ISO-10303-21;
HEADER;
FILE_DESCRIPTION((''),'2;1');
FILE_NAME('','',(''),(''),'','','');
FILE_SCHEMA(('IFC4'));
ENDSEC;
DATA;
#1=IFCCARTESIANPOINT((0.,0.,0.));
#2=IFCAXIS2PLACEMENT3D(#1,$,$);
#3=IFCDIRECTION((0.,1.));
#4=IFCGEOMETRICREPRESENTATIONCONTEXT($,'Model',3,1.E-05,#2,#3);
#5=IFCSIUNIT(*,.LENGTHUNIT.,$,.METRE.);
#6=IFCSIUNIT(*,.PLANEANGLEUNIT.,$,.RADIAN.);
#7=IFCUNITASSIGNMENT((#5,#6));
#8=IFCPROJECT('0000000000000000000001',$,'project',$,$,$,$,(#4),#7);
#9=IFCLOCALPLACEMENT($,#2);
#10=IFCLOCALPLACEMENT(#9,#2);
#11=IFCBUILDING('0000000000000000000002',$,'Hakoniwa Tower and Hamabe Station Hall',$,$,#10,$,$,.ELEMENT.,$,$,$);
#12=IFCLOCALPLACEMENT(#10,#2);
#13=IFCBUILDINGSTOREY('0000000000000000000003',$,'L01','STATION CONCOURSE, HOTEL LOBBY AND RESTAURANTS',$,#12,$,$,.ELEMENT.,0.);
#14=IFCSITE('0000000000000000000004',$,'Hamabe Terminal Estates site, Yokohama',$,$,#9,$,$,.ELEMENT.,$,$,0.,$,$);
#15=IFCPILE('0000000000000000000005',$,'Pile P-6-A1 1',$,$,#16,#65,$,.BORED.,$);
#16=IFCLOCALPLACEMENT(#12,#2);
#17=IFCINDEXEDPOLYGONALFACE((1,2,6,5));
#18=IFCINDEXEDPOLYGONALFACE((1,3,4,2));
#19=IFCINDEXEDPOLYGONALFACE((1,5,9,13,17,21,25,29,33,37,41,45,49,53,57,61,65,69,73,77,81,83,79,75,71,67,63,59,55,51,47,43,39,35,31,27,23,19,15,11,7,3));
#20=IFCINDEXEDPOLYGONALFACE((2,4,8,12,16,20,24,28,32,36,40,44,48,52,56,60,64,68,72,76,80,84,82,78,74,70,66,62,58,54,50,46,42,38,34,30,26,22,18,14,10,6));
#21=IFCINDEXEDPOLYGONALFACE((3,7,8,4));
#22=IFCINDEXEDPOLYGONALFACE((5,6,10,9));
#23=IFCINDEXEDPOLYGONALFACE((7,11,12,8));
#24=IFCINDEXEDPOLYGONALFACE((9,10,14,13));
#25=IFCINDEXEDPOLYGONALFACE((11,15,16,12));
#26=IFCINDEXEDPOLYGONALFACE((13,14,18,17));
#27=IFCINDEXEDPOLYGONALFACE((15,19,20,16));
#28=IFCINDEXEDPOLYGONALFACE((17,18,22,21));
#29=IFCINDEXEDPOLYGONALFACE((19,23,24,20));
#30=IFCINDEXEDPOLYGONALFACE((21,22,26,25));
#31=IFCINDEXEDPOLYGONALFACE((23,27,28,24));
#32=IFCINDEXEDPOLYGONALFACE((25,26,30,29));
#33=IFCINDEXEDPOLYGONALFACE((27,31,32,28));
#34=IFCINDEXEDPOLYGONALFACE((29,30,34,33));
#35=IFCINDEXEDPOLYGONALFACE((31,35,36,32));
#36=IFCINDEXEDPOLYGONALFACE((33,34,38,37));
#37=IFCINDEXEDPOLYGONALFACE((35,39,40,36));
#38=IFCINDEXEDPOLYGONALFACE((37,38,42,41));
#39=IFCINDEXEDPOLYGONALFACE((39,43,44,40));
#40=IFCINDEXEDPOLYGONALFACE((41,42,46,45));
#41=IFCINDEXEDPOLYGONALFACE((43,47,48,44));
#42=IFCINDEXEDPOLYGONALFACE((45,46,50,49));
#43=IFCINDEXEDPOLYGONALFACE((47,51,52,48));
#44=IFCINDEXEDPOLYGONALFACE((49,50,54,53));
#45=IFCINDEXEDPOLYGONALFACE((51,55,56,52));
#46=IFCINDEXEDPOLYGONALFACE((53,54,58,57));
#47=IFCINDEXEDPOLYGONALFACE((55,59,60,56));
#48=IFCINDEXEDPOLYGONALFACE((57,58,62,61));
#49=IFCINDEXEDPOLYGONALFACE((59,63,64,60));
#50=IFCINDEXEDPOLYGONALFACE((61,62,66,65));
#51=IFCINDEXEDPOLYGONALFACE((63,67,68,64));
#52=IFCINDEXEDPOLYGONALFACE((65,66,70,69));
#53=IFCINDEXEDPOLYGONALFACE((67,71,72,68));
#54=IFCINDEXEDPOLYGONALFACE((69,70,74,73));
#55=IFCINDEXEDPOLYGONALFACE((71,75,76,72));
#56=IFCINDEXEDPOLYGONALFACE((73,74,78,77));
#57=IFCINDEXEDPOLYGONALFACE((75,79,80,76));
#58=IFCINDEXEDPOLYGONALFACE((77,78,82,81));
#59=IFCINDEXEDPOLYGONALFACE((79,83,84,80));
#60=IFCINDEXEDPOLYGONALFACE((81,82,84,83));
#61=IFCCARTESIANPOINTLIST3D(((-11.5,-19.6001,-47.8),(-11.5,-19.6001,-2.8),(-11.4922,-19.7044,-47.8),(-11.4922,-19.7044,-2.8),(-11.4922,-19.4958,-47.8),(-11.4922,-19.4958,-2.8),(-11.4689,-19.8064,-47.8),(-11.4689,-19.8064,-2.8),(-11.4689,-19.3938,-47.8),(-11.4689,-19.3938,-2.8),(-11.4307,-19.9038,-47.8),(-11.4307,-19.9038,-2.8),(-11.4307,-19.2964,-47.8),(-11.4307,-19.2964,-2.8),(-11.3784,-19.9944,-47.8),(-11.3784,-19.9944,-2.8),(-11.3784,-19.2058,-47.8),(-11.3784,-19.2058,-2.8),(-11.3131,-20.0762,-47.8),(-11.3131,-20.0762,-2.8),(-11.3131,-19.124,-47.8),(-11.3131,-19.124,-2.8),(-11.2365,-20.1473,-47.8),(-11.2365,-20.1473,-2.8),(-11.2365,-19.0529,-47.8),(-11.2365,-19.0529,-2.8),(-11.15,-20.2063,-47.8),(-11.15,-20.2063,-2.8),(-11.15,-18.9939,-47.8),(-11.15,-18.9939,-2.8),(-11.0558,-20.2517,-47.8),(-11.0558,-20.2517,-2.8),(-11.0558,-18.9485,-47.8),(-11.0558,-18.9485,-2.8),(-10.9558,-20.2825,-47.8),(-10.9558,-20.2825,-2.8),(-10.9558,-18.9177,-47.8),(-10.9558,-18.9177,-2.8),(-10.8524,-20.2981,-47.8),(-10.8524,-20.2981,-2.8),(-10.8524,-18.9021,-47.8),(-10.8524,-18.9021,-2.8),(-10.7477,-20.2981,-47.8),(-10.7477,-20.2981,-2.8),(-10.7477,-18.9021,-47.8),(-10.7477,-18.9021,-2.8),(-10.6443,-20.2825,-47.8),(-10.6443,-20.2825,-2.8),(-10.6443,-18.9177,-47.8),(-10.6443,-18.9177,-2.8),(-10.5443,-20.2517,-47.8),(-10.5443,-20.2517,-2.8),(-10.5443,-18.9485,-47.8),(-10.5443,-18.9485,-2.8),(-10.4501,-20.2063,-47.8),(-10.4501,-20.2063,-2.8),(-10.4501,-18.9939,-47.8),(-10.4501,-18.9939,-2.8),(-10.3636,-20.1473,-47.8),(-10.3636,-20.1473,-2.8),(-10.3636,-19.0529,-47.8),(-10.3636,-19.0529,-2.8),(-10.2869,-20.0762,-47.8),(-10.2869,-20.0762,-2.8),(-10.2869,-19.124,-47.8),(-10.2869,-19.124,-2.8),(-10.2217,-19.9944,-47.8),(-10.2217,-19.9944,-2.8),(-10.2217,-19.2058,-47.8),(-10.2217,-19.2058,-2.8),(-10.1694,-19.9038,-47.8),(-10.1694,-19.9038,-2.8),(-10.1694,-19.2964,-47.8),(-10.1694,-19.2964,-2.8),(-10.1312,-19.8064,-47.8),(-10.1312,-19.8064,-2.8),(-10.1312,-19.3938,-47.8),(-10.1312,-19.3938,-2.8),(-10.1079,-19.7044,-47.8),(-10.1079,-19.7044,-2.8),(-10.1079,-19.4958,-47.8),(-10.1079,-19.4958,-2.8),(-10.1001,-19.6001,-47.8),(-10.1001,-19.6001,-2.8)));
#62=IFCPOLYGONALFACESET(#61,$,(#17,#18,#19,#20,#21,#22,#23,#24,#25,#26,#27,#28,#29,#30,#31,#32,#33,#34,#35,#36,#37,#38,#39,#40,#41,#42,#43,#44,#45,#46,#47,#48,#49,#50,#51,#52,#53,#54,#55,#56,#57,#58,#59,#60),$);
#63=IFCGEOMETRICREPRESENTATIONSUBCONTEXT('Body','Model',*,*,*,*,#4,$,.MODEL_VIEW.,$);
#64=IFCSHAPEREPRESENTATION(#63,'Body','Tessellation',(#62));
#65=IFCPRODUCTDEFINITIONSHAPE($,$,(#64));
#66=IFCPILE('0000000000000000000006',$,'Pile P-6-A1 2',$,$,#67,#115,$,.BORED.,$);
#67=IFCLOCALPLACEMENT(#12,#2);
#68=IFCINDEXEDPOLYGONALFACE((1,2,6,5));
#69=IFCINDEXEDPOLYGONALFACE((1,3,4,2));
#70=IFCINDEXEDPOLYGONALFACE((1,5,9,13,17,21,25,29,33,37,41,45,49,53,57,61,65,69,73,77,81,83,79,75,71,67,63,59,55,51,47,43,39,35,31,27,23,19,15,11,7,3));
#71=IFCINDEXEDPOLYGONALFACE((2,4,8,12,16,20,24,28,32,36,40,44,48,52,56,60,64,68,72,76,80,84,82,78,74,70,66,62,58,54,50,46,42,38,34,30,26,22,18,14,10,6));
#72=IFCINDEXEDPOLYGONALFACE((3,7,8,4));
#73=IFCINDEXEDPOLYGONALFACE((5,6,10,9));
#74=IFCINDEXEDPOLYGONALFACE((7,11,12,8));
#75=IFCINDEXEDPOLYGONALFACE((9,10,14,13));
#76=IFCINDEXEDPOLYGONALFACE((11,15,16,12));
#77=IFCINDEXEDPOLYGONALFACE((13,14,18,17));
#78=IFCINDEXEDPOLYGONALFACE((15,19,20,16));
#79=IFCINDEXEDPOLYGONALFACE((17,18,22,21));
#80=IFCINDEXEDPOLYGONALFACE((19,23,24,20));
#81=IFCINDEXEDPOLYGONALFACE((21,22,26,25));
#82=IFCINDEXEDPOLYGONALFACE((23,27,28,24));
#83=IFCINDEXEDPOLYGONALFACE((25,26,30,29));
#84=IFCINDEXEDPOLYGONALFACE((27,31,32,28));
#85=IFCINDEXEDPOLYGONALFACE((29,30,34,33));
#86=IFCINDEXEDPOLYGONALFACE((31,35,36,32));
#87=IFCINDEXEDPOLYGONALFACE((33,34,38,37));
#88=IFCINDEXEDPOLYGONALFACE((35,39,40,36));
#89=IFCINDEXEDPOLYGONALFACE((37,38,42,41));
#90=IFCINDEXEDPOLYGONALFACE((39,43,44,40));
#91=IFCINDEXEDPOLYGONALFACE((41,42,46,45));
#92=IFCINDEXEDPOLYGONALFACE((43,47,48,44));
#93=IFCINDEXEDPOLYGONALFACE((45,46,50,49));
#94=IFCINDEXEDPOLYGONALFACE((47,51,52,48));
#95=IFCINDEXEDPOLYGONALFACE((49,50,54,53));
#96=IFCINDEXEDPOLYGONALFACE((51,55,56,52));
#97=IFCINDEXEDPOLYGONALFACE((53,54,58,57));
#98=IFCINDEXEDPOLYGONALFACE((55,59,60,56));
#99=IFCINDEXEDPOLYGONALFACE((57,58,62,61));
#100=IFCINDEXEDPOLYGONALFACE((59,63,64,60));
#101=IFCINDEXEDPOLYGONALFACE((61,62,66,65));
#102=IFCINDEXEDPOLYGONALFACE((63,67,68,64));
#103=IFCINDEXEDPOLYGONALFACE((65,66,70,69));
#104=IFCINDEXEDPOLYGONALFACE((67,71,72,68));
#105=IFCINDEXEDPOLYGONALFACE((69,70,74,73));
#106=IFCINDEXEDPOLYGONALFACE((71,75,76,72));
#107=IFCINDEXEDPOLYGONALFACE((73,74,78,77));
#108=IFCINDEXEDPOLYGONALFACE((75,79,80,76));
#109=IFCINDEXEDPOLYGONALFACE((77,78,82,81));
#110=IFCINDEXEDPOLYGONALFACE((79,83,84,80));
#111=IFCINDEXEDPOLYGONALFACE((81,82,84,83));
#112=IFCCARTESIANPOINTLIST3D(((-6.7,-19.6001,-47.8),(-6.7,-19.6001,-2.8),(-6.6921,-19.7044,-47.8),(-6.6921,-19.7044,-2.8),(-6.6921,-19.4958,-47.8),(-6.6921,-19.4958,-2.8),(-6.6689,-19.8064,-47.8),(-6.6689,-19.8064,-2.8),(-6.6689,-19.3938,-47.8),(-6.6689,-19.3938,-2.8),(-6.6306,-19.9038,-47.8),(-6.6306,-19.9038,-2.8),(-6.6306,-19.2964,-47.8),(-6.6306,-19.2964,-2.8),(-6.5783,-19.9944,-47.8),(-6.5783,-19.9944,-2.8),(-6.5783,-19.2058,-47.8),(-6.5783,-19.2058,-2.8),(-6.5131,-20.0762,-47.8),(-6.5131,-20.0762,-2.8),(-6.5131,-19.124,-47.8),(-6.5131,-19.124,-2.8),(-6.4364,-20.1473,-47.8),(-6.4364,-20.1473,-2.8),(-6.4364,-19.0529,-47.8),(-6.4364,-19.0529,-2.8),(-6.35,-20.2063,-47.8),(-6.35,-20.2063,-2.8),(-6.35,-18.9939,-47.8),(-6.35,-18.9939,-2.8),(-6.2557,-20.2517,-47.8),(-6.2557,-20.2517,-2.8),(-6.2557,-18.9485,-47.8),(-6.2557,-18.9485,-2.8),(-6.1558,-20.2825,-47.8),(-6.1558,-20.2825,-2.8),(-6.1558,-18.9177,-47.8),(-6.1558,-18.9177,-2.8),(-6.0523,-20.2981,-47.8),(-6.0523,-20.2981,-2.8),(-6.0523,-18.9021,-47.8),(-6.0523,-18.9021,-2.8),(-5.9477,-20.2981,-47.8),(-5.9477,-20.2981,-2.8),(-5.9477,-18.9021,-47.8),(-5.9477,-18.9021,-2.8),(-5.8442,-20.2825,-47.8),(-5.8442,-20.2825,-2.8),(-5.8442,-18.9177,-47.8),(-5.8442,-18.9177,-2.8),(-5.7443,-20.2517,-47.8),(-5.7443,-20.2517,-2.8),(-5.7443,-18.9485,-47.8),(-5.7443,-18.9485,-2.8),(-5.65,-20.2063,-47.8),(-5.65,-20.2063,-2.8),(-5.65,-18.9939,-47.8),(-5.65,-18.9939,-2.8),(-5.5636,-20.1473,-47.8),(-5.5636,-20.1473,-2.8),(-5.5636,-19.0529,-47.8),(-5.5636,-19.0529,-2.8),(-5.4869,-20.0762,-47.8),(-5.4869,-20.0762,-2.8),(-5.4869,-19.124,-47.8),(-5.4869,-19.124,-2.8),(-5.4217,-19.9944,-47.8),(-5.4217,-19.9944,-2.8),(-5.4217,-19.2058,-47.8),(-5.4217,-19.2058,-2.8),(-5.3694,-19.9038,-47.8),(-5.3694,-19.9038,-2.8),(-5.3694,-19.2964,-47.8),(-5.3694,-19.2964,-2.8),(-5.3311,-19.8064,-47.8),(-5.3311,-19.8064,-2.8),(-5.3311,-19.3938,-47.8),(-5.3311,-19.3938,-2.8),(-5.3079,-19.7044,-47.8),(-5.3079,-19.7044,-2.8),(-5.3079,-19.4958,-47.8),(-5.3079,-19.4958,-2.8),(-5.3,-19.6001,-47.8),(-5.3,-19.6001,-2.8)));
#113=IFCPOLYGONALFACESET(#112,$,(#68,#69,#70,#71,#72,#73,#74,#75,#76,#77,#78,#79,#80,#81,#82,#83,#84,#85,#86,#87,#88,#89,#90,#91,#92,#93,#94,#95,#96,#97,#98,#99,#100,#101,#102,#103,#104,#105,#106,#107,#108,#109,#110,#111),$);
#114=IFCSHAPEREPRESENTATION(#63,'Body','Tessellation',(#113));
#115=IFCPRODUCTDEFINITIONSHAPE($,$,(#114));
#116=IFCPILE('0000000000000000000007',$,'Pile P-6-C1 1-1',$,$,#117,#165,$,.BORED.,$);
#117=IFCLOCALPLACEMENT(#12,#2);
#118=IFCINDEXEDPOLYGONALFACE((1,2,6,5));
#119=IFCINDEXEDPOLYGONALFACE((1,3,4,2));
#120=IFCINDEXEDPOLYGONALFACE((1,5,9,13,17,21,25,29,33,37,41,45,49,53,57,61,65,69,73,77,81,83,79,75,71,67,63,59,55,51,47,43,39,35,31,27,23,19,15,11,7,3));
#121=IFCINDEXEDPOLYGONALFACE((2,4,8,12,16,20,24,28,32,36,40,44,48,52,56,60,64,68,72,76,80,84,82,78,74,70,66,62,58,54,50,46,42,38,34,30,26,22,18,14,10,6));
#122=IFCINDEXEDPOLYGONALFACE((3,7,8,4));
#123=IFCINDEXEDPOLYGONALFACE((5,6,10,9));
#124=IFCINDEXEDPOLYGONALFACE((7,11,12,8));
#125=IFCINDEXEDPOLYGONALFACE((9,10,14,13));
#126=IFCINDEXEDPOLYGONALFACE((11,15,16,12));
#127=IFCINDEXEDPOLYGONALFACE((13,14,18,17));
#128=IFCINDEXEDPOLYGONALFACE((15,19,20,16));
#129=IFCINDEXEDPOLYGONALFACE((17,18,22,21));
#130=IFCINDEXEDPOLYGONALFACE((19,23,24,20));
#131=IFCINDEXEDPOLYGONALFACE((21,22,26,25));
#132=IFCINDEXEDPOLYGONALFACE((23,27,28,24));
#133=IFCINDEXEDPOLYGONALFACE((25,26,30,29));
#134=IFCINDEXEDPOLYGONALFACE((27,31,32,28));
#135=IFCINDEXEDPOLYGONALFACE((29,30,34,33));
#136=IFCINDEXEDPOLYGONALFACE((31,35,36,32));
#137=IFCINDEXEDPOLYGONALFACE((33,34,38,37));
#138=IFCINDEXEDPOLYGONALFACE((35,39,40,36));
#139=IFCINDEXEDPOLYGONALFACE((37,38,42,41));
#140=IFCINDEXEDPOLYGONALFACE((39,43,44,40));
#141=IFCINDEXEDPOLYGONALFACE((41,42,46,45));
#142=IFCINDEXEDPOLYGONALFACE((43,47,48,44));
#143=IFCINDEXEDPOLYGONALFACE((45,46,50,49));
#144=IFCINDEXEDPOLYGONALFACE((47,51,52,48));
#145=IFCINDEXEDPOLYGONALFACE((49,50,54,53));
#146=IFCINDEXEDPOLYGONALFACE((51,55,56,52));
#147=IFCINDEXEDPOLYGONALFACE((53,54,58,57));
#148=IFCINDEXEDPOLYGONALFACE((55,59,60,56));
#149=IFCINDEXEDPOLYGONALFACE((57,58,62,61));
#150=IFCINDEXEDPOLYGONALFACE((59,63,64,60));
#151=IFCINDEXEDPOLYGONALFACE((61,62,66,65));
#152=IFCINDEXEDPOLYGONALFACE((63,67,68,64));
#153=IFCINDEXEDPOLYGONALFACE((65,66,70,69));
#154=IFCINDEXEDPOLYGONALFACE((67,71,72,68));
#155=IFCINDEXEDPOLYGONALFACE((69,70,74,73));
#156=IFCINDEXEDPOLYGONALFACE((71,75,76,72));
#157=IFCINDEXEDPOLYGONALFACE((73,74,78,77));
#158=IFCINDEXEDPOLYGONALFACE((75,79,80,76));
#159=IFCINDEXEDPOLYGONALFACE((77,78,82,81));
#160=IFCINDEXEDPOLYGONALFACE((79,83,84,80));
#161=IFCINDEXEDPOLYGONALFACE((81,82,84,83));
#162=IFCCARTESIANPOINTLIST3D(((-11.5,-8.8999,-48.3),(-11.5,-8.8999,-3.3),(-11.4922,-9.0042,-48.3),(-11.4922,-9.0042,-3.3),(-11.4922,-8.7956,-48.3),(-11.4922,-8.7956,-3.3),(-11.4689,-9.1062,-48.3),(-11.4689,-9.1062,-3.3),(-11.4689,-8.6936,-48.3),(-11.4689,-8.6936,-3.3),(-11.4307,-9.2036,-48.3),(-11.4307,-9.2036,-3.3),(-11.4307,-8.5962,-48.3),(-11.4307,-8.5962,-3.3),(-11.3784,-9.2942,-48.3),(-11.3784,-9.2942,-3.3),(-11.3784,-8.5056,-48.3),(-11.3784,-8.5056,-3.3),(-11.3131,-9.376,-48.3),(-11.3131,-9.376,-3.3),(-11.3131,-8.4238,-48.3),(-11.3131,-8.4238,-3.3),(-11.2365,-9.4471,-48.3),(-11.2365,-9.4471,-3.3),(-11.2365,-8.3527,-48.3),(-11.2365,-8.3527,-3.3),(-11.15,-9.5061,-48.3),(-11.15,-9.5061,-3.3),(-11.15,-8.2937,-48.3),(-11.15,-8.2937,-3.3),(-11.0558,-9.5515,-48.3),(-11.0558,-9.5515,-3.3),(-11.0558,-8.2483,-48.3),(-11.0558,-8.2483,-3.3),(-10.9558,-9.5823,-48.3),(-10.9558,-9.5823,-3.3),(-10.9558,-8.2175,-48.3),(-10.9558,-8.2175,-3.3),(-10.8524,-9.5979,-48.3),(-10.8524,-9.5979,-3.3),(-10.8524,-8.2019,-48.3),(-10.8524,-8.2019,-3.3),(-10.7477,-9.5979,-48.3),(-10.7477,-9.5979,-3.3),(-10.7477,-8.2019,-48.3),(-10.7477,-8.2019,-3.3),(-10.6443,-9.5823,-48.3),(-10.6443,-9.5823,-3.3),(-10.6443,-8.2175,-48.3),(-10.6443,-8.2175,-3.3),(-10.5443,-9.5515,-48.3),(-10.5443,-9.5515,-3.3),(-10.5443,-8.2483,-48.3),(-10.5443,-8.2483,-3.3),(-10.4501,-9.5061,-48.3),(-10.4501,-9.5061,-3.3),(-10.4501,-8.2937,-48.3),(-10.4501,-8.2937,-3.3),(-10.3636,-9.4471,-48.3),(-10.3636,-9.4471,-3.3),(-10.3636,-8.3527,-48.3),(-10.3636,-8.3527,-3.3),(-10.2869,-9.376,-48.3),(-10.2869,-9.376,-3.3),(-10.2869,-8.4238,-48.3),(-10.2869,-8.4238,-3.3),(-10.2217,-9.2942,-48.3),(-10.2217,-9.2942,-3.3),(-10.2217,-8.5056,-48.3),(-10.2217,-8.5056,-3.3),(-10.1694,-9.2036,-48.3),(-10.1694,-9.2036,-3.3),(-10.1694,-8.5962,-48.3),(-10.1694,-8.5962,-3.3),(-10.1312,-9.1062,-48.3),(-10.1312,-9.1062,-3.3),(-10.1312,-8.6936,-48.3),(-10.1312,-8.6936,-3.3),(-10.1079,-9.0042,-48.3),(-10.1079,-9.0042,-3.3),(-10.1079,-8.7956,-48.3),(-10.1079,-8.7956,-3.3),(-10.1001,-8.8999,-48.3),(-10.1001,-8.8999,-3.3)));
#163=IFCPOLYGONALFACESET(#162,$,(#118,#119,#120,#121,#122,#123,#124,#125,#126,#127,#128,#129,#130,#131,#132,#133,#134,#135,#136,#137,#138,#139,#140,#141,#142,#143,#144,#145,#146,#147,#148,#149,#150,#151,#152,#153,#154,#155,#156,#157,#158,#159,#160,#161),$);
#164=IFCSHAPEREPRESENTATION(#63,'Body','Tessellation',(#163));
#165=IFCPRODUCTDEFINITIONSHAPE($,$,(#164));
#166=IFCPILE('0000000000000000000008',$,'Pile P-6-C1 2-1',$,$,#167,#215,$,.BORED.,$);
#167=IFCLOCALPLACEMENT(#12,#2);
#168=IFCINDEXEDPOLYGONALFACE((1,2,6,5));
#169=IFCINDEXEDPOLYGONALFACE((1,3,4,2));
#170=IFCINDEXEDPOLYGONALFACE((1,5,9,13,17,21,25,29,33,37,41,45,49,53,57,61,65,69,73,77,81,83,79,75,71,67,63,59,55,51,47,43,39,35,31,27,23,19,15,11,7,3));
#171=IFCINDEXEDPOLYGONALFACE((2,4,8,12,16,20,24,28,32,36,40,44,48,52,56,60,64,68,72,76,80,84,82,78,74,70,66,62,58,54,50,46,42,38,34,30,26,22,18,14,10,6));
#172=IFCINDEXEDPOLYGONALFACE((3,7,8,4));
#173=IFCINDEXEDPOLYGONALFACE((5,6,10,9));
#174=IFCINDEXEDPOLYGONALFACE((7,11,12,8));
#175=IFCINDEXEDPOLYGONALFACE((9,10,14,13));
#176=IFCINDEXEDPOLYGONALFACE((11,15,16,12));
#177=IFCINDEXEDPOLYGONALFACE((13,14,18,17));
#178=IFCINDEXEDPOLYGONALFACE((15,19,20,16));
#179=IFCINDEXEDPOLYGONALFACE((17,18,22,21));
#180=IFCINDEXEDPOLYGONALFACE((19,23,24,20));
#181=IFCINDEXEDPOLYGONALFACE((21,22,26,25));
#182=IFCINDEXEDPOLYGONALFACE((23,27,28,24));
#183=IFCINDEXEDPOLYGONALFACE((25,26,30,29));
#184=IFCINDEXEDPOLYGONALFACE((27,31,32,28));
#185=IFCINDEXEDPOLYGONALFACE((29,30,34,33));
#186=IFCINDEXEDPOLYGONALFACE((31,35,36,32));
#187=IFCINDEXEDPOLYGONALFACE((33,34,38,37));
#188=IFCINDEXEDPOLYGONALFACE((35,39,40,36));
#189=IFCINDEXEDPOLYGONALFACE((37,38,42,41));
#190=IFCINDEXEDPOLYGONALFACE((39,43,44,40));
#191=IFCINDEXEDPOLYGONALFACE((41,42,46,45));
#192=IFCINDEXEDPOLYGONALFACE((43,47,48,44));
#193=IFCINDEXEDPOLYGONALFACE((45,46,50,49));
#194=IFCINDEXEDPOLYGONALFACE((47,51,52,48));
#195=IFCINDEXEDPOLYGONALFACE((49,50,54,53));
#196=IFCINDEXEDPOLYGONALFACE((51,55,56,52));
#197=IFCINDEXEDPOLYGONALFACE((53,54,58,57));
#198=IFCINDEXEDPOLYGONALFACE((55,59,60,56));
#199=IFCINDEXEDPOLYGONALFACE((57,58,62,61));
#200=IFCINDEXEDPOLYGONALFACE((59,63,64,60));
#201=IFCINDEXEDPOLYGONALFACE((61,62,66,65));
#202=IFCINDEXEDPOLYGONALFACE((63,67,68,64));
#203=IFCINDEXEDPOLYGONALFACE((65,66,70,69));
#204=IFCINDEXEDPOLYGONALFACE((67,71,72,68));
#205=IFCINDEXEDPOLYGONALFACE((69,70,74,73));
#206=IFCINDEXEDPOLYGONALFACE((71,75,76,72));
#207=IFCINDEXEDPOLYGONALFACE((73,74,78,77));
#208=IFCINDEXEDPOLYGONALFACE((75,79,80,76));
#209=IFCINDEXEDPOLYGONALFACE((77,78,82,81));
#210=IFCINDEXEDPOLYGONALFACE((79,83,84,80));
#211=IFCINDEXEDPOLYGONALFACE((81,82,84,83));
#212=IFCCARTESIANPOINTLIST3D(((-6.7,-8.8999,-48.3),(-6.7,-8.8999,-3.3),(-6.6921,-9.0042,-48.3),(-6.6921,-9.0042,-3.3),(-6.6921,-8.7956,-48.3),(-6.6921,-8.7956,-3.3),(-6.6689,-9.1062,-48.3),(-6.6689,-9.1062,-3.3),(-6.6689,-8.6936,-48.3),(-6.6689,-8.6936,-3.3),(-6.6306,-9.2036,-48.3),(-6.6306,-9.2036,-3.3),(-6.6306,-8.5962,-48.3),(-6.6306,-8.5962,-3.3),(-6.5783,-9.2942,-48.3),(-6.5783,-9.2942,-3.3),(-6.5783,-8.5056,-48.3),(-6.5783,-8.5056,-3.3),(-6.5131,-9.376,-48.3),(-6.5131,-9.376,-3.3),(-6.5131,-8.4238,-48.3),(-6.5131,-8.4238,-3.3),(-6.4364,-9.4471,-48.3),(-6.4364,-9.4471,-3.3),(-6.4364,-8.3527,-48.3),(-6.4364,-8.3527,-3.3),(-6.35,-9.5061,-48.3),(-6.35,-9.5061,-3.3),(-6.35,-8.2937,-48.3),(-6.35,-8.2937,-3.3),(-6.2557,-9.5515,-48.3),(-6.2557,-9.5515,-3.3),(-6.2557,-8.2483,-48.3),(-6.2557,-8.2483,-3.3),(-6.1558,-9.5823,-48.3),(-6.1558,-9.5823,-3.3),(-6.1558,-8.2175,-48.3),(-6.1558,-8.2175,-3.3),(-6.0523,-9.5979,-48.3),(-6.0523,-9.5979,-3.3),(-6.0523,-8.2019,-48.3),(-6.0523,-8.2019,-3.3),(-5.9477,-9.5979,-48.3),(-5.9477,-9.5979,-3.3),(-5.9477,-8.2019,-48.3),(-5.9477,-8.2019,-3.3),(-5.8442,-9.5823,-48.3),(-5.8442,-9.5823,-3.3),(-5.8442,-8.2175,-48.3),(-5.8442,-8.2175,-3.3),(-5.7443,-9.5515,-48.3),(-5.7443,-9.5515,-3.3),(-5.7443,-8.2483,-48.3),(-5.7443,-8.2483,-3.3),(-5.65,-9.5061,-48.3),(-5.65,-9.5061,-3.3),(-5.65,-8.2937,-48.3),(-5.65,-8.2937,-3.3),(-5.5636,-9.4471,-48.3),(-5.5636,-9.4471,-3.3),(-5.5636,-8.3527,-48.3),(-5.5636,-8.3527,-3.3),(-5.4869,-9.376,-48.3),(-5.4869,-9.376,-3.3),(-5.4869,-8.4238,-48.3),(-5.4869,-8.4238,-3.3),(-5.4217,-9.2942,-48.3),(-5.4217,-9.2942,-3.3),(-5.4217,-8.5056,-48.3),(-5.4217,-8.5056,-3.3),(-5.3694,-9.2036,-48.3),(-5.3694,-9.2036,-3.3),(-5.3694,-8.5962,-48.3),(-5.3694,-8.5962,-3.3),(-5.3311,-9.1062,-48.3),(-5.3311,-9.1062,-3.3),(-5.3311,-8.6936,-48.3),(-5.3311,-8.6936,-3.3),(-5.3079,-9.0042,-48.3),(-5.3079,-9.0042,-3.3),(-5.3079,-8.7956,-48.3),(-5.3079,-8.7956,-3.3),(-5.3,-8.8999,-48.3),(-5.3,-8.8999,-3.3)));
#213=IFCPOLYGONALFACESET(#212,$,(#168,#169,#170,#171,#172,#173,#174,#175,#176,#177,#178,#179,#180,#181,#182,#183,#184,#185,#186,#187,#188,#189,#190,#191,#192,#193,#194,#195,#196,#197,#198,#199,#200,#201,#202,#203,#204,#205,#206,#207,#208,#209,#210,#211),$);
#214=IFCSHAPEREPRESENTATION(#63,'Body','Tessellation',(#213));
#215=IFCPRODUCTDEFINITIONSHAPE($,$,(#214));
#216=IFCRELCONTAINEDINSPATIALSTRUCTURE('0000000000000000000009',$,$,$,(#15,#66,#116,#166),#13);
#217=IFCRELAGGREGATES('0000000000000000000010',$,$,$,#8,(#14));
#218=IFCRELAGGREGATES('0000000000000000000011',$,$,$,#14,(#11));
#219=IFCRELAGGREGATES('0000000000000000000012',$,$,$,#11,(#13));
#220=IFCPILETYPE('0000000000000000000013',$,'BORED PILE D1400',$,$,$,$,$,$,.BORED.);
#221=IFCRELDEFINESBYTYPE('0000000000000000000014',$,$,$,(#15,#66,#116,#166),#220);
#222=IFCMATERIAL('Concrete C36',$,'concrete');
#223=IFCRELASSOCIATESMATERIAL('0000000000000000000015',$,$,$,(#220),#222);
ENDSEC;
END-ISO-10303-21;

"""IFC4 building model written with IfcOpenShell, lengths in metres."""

from ifc_helpers import new_model, si_unit, direction, frame, origin, origin_2d, place, context, subcontext, project, spatial, circle, extrude, material, material_profile, profile_set, type_object, element, save


model = new_model("IFC4")

# Units and contexts
model_context = context("Model", 3, precision=1e-05, world=origin(), true_north=direction((0.0, 1.0)))
body_context = subcontext(model_context, "Body", "Model", "MODEL_VIEW")
ifc_project = project(units=[si_unit("LENGTHUNIT", "METRE"), si_unit("PLANEANGLEUNIT", "RADIAN")], contexts=[model_context])

# Site, building, storey
site_placement = place(None, origin())
site = spatial("IfcSite", under=ifc_project, at=site_placement, Name="Hamabe Terminal Estates site, Yokohama", CompositionType="ELEMENT", RefElevation=0.0)
building_placement = place(site_placement, origin())
building = spatial("IfcBuilding", under=site, at=building_placement, Name="Hakoniwa Tower and Hamabe Station Hall", CompositionType="ELEMENT")
storey_placement = place(building_placement, origin())
storey = spatial("IfcBuildingStorey", under=building, at=storey_placement, Name="L01", Description="STATION CONCOURSE, HOTEL LOBBY AND RESTAURANTS", CompositionType="ELEMENT", Elevation=0.0)

# Piles
ifc_material_1 = material(Name="Concrete C36", Category="concrete")
ifc_material_profile_1 = material_profile(ifc_material_1, circle(Radius=0.7, at=origin_2d()), Name="BORED PILE D1400")
ifc_profile_set_1 = profile_set([ifc_material_profile_1], Name="Concrete C36")
pile_type = type_object("IfcPileType", Name="BORED PILE D1400", PredefinedType="BORED", material=ifc_profile_set_1)
for number, where, z_axis, x_axis, name in (
    (1, (-10.8, -19.6001, -2.8), (0.0, 0.0, -1.0), (1.0, 0.0, 0.0), "Pile P-6-A1 1"),
    (2, (-6.0, -19.6001, -2.8), (0.0, 0.0, -1.0), (1.0, 0.0, 0.0), "Pile P-6-A1 2"),
    (3, (-10.8, -8.8999, -3.3), (0.0, 0.0, -1.0), (1.0, 0.0, 0.0), "Pile P-6-C1 1-1"),
    (4, (-6.0, -8.8999, -3.3), (0.0, 0.0, -1.0), (1.0, 0.0, 0.0), "Pile P-6-C1 2-1"),
):
    element("IfcPile", number, at=place(storey_placement, frame(where, z_axis=z_axis, x_axis=x_axis)), inside=storey, type_object=pile_type, Name=name, PredefinedType="BORED", context=body_context, shape_type="SweptSolid", body=[
        extrude(circle(Radius=0.7, at=origin_2d()), origin(), (0.0, 0.0, 1.0), 45.0),
    ])

save(model, "model.ifc")
